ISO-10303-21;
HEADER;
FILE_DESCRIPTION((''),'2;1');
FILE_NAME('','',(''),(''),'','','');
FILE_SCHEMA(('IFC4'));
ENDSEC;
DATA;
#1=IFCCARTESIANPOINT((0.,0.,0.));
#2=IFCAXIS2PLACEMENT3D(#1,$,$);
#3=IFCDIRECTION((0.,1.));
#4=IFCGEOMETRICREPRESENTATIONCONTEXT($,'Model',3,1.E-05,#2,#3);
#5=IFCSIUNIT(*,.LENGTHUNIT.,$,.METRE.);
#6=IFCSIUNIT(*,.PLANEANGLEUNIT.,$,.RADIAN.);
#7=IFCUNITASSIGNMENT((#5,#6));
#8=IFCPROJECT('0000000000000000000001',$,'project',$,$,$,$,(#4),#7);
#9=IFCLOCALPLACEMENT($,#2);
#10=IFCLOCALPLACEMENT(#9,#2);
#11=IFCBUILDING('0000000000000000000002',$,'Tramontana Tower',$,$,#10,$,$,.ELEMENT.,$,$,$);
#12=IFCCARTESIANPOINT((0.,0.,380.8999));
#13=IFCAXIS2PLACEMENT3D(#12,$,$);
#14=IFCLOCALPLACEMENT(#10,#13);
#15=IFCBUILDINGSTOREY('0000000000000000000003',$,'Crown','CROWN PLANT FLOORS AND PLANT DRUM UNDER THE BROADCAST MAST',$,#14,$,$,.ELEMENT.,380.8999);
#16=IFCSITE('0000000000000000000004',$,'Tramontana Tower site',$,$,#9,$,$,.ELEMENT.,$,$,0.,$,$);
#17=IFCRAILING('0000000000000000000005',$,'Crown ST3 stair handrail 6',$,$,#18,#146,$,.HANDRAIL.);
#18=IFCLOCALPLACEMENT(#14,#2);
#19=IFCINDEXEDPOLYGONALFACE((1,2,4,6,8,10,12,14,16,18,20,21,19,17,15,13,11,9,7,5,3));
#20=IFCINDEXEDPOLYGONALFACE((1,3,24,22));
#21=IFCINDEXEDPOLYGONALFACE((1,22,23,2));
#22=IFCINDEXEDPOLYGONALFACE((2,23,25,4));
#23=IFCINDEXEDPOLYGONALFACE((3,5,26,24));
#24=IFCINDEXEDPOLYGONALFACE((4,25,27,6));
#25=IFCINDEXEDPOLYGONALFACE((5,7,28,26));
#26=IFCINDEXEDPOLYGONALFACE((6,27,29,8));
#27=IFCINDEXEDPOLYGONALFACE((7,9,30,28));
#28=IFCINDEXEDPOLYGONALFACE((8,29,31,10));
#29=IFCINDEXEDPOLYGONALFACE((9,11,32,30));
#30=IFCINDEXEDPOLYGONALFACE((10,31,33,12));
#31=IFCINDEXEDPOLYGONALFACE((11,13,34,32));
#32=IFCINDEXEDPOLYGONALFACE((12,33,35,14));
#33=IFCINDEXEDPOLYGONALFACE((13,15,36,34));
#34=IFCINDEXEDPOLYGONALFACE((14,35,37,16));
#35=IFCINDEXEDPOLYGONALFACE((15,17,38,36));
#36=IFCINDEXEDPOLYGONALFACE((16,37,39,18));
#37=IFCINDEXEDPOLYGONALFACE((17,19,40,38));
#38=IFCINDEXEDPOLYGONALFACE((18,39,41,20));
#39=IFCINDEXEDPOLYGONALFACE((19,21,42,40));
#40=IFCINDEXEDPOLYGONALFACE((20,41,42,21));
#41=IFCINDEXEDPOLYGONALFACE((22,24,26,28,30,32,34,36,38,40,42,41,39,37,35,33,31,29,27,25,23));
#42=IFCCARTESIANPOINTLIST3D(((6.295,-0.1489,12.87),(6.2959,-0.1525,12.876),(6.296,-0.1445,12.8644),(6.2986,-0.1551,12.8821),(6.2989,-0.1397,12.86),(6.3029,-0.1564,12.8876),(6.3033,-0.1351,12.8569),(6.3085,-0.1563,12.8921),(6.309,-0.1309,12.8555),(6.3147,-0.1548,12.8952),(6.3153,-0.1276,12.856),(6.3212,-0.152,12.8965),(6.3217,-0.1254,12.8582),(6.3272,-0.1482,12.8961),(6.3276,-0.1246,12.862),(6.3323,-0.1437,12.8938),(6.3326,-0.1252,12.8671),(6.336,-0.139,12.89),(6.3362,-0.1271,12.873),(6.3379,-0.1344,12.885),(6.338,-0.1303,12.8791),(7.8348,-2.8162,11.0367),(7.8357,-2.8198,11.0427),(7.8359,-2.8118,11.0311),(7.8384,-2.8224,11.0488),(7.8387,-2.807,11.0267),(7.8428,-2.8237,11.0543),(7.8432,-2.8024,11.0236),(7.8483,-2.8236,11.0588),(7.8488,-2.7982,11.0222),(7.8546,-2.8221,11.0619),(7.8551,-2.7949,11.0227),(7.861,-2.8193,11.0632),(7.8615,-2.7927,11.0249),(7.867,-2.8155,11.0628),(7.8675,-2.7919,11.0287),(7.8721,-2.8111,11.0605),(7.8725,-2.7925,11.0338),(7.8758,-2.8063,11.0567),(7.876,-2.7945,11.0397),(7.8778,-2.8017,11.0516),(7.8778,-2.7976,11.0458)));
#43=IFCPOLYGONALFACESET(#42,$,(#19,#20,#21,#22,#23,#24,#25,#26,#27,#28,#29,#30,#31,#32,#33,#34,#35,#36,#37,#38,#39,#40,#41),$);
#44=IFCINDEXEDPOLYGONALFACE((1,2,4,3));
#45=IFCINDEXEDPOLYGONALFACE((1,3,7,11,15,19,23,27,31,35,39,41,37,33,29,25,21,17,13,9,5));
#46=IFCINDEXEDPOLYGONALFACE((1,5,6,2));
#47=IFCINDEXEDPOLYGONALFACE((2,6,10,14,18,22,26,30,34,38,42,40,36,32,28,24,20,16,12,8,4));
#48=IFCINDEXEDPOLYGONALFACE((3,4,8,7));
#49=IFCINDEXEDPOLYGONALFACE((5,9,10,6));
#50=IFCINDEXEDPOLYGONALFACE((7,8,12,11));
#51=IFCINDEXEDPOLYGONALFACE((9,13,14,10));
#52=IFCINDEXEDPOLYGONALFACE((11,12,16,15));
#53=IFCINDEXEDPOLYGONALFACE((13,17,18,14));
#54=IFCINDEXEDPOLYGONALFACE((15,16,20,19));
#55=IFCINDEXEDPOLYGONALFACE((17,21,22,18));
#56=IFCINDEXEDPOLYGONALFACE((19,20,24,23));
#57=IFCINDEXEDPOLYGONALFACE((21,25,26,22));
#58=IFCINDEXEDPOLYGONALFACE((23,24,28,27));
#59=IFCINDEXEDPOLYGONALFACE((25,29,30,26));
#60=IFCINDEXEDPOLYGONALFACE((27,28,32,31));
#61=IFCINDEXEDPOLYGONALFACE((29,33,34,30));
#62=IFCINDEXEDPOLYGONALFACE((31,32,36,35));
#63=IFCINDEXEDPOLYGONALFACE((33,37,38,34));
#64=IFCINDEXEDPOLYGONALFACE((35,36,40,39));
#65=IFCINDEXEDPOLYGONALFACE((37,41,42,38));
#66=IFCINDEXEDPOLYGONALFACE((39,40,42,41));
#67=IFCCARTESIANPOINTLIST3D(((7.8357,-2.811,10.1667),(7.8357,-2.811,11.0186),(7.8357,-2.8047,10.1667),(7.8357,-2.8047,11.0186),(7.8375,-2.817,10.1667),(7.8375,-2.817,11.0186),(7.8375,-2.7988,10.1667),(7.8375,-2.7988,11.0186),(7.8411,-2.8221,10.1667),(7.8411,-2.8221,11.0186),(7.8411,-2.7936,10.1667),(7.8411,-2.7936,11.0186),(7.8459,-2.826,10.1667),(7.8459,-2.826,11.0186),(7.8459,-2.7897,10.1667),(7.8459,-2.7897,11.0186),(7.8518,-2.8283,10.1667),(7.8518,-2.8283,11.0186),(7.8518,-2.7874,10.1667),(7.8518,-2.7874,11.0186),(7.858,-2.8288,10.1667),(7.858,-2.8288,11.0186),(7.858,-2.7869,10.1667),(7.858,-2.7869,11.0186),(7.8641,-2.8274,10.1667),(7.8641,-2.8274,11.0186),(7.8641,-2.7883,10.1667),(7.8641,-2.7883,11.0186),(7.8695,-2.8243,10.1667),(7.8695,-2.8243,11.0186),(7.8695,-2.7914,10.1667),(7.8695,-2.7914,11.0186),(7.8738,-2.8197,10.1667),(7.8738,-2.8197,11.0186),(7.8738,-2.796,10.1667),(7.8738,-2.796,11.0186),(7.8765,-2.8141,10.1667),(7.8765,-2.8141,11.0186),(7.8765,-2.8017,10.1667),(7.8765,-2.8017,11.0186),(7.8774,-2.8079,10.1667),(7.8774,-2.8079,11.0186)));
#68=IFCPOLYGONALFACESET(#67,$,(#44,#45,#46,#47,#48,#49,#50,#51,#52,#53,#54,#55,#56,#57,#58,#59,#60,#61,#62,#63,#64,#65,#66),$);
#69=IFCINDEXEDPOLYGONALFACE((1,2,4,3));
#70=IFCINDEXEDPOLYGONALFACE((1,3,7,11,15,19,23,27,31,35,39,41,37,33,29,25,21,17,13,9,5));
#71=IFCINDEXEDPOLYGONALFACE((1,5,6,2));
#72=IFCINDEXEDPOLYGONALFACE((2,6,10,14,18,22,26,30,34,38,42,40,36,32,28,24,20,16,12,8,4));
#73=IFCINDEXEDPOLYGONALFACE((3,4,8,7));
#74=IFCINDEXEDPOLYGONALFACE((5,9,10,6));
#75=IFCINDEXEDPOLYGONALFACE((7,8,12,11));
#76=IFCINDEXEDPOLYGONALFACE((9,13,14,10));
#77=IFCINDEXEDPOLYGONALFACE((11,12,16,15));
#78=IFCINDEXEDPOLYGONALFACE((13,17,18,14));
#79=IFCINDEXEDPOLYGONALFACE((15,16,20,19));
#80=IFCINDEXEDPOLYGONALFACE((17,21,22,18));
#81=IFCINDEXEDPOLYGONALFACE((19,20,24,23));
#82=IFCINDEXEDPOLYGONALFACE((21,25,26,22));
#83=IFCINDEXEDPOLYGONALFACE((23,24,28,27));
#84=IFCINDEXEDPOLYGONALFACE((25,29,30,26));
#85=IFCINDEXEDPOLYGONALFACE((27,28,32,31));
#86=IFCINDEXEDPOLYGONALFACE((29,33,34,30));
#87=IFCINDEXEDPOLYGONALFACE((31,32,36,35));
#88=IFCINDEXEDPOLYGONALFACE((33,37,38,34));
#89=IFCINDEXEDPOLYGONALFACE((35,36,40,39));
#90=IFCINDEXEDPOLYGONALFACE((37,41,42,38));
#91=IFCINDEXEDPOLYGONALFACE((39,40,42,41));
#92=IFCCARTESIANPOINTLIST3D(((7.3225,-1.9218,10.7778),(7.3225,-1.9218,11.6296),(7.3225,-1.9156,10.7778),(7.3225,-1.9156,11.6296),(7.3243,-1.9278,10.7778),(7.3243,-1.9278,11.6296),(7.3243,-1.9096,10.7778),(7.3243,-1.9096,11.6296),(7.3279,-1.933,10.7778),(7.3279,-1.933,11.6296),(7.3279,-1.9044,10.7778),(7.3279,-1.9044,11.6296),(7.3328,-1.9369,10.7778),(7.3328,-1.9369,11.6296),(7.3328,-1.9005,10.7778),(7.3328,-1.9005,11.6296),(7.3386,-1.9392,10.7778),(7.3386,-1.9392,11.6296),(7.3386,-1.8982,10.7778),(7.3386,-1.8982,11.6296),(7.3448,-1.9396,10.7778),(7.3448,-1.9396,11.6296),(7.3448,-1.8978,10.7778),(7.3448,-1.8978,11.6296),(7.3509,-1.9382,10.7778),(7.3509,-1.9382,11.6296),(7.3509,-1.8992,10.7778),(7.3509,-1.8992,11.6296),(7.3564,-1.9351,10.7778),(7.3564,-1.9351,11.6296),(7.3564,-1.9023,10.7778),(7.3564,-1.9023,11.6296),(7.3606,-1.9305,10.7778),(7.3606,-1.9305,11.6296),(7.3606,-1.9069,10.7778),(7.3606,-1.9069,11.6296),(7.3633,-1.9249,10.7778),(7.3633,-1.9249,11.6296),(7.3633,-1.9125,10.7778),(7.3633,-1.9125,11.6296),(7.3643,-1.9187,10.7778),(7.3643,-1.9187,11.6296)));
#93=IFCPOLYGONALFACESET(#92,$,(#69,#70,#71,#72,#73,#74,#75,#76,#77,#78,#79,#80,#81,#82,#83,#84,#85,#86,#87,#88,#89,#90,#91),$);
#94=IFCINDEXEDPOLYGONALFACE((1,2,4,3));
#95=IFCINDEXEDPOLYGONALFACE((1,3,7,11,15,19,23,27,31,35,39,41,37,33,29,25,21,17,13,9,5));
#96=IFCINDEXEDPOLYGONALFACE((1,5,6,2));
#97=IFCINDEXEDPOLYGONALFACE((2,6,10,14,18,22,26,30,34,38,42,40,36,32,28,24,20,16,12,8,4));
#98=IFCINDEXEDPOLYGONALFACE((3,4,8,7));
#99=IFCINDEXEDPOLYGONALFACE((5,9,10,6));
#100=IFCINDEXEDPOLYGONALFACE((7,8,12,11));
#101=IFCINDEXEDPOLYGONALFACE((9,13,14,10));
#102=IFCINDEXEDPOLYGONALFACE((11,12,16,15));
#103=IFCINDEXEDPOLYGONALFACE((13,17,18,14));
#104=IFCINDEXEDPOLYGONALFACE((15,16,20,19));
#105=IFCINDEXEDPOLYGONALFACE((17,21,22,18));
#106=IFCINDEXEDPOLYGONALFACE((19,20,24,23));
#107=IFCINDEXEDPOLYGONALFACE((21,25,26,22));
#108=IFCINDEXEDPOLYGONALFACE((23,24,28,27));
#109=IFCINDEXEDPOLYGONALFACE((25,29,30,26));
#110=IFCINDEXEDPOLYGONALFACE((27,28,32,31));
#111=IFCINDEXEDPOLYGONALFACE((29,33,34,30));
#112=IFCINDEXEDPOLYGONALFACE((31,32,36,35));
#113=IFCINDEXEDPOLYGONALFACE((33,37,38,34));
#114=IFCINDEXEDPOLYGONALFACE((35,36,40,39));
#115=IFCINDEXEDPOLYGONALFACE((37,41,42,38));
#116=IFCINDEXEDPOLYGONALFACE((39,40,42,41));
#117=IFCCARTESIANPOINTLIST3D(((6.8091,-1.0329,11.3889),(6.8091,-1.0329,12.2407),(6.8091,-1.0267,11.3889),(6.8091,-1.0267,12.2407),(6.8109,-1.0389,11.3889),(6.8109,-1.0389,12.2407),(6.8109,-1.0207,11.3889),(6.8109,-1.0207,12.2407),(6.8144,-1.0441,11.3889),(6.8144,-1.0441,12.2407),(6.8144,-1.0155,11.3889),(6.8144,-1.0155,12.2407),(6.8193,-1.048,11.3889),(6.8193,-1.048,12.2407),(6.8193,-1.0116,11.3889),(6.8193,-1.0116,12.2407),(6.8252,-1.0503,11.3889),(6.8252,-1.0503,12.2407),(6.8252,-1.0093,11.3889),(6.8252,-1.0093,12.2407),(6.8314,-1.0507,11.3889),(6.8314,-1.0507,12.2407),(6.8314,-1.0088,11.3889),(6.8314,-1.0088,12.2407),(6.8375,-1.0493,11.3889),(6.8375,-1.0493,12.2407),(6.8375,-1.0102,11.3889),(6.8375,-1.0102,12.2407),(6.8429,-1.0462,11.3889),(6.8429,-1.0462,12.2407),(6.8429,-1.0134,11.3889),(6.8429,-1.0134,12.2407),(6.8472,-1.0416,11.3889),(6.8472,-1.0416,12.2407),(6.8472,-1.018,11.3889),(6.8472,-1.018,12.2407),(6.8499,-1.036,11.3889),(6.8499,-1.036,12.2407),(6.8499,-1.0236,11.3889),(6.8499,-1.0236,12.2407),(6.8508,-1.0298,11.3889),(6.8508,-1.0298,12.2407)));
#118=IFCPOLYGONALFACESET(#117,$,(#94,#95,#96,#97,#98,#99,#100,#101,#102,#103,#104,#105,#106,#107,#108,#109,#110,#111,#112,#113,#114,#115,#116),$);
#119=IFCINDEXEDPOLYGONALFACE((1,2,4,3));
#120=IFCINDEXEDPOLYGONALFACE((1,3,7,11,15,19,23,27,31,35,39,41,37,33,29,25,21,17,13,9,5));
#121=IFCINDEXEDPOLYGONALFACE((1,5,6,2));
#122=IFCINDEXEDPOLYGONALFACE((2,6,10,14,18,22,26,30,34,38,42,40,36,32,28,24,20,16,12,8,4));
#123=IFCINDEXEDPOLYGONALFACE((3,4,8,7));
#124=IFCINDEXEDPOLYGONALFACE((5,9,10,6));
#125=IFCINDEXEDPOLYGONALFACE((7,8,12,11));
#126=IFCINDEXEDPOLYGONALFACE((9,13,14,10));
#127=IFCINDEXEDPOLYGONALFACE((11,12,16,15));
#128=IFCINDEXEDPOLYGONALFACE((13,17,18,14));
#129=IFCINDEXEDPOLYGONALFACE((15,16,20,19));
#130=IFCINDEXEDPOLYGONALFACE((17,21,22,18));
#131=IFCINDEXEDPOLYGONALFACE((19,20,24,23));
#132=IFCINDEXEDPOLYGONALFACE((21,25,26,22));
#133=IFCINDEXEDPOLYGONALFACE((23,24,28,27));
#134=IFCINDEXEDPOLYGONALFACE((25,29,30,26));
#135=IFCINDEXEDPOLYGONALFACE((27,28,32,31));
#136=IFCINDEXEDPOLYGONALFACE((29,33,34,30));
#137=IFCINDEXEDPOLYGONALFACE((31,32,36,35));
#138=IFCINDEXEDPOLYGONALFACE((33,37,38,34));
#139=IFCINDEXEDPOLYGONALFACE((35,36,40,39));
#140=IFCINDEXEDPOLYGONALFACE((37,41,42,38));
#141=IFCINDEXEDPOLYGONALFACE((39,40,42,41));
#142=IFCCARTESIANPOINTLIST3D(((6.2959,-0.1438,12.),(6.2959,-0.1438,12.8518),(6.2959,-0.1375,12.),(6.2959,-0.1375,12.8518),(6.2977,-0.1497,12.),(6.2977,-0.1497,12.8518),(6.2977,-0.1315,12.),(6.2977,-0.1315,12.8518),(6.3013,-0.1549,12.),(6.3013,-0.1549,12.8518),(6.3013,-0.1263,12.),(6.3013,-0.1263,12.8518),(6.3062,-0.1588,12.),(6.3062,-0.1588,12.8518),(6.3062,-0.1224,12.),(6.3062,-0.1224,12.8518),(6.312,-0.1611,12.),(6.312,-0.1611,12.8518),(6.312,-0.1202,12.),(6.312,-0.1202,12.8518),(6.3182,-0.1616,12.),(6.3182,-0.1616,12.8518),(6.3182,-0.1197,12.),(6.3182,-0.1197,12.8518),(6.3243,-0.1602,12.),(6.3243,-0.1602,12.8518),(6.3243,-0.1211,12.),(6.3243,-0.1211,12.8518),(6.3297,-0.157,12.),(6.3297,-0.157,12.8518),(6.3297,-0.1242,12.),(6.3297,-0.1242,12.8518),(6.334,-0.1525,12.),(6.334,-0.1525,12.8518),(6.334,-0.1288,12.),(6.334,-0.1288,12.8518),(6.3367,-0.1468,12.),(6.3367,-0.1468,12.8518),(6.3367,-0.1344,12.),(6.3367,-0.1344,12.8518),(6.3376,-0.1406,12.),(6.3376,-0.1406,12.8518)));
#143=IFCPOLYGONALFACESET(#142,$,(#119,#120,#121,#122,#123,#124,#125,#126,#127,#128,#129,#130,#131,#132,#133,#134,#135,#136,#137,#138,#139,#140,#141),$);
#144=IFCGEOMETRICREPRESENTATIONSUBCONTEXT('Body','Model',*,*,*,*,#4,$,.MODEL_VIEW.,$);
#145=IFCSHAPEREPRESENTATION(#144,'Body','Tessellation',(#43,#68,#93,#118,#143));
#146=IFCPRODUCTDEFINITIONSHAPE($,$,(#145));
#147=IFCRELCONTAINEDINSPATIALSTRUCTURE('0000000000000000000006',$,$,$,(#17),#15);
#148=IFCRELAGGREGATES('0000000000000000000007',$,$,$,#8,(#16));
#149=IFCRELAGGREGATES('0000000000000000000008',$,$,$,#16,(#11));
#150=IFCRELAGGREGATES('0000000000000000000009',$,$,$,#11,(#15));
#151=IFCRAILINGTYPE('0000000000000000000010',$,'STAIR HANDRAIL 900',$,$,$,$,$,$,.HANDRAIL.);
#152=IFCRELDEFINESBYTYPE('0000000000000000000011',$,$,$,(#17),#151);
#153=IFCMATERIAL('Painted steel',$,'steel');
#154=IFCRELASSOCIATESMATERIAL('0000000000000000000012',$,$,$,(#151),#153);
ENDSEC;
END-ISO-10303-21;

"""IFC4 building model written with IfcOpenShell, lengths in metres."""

from ifc_helpers import new_model, si_unit, direction, frame, origin, origin_2d, place, context, subcontext, project, spatial, circle, extrude, material, type_object, element, save


model = new_model("IFC4")

# Units and contexts
model_context = context("Model", 3, precision=1e-05, world=origin(), true_north=direction((0.0, 1.0)))
body_context = subcontext(model_context, "Body", "Model", "MODEL_VIEW")
ifc_project = project(units=[si_unit("LENGTHUNIT", "METRE"), si_unit("PLANEANGLEUNIT", "RADIAN")], contexts=[model_context])

# Site, building, storey
site_placement = place(None, origin())
site = spatial("IfcSite", under=ifc_project, at=site_placement, Name="Tramontana Tower site", CompositionType="ELEMENT", RefElevation=0.0)
building_placement = place(site_placement, origin())
building = spatial("IfcBuilding", under=site, at=building_placement, Name="Tramontana Tower", CompositionType="ELEMENT")
storey_placement = place(building_placement, frame((0.0, 0.0, 380.8999)))
storey = spatial("IfcBuildingStorey", under=building, at=storey_placement, Name="Crown", Description="CROWN PLANT FLOORS AND PLANT DRUM UNDER THE BROADCAST MAST", CompositionType="ELEMENT", Elevation=380.8999)

# Railing
ifc_material_1 = material(Name="Painted steel", Category="steel")
railing_type_1 = type_object("IfcRailingType", Name="STAIR HANDRAIL 900", PredefinedType="HANDRAIL", material=ifc_material_1)
railing_1_placement = place(storey_placement, frame((7.8564, -2.8079, 10.1667)))
element("IfcRailing", 1, at=railing_1_placement, inside=storey, type_object=railing_type_1, Name="Crown ST3 stair handrail 6", PredefinedType="HANDRAIL", context=body_context, shape_type="SweptSolid", body=[
    extrude(circle(Radius=0.0239, at=origin_2d()), frame((0.0, 0.0, 0.876), z_axis=(-0.429616, 0.744181, 0.511493), x_axis=(-0.866044, -0.499967, 0.0)), (0.0, 0.0, 1.0), 3.5842),
    extrude(circle(Radius=0.021, at=origin_2d()), origin(), (0.0, 0.0, 1.0), 0.8518),
    extrude(circle(Radius=0.021, at=origin_2d()), frame((-0.5132, 0.8892, 0.6111)), (0.0, 0.0, 1.0), 0.8518),
    extrude(circle(Radius=0.021, at=origin_2d()), frame((-1.0266, 1.7781, 1.2222)), (0.0, 0.0, 1.0), 0.8518),
    extrude(circle(Radius=0.021, at=origin_2d()), frame((-1.5398, 2.6672, 1.8333)), (0.0, 0.0, 1.0), 0.8518),
])

save(model, "model.ifc")
